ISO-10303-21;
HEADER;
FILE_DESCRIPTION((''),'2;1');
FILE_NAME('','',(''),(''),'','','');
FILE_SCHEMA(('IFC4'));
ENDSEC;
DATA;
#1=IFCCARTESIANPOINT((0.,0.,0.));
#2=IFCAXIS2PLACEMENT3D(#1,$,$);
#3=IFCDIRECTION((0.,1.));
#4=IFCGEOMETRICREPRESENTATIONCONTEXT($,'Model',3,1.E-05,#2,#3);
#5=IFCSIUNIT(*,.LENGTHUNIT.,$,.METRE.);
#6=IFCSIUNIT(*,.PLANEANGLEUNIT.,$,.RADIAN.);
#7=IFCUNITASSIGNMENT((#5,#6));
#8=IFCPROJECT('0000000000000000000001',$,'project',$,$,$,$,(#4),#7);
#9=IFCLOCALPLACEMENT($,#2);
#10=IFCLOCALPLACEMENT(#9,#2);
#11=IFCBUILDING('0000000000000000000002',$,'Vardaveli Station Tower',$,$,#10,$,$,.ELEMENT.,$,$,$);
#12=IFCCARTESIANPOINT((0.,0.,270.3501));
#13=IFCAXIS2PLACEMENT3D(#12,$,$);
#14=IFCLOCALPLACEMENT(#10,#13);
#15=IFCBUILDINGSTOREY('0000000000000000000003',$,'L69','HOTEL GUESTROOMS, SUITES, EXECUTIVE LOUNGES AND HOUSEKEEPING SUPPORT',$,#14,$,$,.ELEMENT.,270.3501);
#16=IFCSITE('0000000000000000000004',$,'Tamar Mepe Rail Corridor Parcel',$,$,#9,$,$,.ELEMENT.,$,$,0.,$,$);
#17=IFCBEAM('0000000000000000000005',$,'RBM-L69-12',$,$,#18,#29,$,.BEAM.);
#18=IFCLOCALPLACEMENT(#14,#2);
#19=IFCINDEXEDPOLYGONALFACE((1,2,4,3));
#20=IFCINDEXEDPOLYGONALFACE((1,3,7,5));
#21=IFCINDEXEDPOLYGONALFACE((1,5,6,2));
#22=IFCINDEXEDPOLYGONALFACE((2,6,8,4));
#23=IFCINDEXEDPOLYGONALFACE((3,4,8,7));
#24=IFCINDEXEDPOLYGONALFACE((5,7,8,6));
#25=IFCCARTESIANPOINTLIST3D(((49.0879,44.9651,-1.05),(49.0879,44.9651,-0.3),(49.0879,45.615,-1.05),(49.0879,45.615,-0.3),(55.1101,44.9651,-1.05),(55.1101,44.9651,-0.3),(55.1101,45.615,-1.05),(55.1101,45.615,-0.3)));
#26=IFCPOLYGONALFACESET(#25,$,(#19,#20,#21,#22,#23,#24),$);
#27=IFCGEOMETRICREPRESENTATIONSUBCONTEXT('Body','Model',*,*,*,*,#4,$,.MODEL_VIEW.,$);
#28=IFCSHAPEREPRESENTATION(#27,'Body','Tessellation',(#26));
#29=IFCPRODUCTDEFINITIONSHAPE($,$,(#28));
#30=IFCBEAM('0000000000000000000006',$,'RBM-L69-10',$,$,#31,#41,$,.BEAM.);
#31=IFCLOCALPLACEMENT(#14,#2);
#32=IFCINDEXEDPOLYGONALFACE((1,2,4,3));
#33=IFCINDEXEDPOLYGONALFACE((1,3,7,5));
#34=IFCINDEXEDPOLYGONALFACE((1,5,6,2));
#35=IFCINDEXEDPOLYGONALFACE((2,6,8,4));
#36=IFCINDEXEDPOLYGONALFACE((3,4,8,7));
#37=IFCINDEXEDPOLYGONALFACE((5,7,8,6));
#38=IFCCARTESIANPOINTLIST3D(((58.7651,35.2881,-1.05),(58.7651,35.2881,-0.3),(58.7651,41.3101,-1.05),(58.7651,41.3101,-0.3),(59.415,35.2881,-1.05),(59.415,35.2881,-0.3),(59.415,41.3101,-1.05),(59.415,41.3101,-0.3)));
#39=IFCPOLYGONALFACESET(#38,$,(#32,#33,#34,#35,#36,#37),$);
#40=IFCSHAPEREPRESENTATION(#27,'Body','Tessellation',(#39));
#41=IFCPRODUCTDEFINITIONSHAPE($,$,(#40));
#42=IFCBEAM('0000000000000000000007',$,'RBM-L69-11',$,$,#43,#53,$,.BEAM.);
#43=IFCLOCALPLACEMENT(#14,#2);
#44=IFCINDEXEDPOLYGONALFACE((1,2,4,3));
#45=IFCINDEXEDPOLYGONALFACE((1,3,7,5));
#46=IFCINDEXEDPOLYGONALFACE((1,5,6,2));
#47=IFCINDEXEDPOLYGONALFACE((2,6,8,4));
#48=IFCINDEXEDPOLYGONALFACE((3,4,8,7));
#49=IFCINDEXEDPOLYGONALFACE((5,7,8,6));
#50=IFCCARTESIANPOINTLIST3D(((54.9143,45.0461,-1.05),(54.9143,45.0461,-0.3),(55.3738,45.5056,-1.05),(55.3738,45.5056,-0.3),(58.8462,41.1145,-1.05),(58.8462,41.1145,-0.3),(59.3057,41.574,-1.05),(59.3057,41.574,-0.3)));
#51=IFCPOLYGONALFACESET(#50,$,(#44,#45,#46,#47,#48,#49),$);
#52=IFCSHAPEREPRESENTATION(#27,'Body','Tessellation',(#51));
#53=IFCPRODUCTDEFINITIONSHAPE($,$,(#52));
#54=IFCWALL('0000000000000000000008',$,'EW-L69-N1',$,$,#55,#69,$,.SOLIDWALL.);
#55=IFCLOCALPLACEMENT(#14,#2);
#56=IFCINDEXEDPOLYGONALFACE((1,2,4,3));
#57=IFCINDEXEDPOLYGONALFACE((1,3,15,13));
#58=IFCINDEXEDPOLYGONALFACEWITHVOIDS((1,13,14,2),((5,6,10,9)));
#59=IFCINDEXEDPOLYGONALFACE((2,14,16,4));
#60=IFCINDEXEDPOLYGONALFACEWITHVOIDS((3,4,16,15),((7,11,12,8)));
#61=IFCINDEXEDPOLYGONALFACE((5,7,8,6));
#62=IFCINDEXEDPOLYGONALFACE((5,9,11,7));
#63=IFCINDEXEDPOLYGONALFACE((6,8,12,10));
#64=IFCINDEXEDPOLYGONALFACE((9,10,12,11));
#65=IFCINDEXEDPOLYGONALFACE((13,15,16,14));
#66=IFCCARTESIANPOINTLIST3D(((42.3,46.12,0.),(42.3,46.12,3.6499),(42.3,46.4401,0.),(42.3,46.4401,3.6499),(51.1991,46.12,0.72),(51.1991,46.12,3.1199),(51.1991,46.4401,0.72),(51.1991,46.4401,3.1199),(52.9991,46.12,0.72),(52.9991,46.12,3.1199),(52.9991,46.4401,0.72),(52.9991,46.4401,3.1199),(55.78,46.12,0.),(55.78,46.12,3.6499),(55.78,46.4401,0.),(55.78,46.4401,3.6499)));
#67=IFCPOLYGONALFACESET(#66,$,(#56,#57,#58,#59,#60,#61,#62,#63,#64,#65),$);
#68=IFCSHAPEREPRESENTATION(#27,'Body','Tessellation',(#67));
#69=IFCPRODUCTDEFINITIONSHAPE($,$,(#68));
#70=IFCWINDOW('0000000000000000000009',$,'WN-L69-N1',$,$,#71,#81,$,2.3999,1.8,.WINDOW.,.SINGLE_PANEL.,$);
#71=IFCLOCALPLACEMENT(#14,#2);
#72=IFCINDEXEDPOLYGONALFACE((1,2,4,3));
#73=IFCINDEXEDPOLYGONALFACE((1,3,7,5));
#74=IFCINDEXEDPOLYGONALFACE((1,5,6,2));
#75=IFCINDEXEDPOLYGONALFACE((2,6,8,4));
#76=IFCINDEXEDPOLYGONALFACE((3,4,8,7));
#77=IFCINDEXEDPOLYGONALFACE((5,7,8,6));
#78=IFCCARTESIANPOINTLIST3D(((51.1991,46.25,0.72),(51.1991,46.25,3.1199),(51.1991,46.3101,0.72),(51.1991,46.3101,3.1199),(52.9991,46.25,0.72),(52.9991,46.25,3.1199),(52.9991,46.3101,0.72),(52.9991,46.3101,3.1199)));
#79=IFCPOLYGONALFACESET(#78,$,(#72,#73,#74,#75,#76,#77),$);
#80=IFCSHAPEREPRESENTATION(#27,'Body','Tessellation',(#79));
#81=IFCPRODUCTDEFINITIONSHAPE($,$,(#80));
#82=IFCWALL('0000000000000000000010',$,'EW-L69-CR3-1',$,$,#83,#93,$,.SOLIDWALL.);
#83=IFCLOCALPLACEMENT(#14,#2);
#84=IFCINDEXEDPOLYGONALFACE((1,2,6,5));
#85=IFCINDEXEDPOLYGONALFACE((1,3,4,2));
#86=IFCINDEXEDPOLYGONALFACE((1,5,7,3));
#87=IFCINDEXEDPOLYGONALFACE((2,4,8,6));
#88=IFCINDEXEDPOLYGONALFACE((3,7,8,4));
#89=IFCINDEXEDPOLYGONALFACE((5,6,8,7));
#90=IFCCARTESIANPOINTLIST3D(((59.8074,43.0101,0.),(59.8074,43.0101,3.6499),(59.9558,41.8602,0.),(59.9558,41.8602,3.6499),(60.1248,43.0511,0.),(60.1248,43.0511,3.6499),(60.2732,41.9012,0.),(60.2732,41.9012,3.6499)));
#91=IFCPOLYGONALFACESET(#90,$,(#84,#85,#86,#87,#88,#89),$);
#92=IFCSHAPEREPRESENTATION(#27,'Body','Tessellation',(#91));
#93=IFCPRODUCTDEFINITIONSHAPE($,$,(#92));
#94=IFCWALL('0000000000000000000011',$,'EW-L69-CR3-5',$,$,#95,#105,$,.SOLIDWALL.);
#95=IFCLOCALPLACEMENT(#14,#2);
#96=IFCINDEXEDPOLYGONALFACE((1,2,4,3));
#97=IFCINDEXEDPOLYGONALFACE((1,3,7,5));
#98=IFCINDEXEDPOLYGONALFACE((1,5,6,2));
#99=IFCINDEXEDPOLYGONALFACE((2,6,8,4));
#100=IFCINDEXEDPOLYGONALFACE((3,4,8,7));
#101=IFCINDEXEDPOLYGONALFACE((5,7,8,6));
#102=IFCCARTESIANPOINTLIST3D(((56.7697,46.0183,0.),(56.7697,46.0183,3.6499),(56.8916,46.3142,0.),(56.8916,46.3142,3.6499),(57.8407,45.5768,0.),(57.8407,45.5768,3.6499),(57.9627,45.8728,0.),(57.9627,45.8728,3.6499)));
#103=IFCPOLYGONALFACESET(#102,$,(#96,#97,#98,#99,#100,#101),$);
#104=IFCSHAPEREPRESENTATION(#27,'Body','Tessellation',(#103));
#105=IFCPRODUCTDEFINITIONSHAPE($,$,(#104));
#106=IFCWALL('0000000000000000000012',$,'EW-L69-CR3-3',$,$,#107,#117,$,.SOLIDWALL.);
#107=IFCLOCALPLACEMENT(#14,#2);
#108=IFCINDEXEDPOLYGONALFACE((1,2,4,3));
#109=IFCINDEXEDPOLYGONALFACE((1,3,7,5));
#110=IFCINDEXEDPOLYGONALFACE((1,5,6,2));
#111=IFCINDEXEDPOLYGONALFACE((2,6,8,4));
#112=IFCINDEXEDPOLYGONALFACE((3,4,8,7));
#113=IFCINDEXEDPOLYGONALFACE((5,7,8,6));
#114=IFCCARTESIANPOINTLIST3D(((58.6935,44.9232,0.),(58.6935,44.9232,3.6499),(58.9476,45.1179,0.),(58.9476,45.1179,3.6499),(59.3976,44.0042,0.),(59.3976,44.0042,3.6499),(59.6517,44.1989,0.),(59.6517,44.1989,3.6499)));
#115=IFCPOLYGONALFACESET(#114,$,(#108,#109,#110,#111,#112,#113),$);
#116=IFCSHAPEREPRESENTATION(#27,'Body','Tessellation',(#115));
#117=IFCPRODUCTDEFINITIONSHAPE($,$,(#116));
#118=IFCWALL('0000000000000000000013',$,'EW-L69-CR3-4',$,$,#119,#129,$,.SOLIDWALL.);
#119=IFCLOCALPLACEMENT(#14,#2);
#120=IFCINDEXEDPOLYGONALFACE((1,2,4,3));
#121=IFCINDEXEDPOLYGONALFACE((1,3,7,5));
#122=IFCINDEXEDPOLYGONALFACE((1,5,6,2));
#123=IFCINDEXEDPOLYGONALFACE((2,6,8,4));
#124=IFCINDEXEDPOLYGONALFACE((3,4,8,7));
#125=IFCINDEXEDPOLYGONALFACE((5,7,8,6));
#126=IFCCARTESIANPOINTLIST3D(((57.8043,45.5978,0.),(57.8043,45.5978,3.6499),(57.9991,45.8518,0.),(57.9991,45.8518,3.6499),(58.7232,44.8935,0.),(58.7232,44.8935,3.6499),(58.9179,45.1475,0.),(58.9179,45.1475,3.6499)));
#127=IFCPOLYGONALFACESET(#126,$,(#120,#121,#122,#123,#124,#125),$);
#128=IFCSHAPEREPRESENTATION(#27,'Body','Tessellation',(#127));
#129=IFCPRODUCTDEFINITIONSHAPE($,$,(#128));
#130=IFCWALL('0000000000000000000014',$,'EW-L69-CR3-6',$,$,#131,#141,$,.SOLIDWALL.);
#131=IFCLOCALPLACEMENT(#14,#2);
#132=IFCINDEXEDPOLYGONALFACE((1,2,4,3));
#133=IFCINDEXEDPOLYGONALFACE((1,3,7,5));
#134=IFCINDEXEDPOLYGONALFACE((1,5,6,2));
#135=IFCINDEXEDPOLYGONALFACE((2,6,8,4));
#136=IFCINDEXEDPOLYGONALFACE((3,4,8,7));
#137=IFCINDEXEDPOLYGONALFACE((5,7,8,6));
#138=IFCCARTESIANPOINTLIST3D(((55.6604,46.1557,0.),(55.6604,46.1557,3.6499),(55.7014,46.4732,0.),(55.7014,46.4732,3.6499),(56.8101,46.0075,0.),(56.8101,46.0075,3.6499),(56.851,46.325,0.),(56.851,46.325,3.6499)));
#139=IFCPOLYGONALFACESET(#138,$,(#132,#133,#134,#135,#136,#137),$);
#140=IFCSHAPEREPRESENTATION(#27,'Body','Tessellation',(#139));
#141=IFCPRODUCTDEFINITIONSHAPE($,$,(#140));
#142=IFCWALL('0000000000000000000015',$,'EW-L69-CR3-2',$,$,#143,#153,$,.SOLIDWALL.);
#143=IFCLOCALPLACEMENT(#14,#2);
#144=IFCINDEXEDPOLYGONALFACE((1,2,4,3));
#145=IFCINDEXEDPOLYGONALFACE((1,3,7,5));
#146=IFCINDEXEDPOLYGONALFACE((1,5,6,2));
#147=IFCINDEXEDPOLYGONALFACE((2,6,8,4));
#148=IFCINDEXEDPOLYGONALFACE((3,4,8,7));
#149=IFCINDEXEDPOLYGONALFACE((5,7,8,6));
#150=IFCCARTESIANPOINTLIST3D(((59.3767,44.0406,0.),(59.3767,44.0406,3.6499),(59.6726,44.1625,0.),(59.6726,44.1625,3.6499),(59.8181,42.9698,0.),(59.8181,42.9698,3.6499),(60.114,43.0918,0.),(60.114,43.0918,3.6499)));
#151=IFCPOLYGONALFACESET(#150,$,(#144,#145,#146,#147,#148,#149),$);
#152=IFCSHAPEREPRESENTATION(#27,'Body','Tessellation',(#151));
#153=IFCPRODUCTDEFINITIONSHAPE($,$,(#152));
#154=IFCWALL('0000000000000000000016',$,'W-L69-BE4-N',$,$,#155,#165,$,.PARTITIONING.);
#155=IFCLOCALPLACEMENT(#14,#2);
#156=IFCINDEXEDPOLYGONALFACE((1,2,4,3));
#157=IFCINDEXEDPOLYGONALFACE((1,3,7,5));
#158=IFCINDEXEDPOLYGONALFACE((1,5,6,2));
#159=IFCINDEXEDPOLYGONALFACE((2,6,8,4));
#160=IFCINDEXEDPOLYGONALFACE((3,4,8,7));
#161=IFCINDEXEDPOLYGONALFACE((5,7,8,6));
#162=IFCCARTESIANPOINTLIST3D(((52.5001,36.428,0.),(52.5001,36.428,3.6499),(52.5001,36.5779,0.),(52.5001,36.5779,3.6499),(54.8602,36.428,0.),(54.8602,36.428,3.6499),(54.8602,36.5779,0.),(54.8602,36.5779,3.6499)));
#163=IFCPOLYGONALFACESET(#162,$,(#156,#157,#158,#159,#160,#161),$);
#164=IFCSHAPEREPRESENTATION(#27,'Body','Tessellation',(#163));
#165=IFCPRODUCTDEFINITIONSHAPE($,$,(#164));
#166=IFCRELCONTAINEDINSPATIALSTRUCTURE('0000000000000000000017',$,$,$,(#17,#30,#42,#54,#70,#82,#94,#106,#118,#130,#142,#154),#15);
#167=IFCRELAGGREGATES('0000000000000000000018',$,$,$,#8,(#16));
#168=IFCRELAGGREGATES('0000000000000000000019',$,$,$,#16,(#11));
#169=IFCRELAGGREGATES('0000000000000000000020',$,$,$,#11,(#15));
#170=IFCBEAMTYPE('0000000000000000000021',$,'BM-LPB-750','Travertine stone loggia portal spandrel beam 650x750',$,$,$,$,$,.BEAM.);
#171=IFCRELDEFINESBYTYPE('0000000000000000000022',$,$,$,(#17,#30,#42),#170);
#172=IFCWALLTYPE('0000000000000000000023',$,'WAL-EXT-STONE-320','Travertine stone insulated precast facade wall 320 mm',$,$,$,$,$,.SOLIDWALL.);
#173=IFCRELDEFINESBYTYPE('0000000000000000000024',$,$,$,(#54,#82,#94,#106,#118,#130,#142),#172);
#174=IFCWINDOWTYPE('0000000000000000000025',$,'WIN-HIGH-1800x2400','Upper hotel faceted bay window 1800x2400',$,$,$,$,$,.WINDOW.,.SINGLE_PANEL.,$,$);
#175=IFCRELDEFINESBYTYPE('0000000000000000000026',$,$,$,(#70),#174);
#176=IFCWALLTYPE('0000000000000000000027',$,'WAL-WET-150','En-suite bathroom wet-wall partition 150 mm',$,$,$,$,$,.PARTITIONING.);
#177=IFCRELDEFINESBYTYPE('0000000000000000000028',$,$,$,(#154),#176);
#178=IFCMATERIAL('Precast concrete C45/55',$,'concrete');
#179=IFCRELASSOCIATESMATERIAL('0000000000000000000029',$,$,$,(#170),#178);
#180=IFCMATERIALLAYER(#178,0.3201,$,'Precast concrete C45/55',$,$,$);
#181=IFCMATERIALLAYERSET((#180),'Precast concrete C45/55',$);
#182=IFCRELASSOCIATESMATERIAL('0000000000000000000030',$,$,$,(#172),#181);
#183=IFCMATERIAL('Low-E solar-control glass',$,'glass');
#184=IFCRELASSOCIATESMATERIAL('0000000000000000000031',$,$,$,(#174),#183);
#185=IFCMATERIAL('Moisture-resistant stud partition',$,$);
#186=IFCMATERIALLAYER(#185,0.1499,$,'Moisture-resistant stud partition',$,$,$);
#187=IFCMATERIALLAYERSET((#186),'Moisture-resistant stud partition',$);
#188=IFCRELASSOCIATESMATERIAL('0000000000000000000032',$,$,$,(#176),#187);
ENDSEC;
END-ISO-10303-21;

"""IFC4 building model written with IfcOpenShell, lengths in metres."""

from ifc_helpers import new_model, si_unit, direction, frame, frame_2d, origin, origin_2d, place, context, subcontext, project, spatial, rectangle, extrude, source, transform, mapped, material, layer, layer_set, material_profile, profile_set, type_object, element, fill, save


model = new_model("IFC4")

# Units and contexts
model_context = context("Model", 3, precision=1e-05, world=origin(), true_north=direction((0.0, 1.0)))
body_context = subcontext(model_context, "Body", "Model", "MODEL_VIEW")
ifc_project = project(units=[si_unit("LENGTHUNIT", "METRE"), si_unit("PLANEANGLEUNIT", "RADIAN")], contexts=[model_context])

# Site, building, storey
site_placement = place(None, origin())
site = spatial("IfcSite", under=ifc_project, at=site_placement, Name="Tamar Mepe Rail Corridor Parcel", CompositionType="ELEMENT", RefElevation=0.0)
building_placement = place(site_placement, origin())
building = spatial("IfcBuilding", under=site, at=building_placement, Name="Vardaveli Station Tower", CompositionType="ELEMENT")
storey_placement = place(building_placement, frame((0.0, 0.0, 270.3501)))
storey = spatial("IfcBuildingStorey", under=building, at=storey_placement, Name="L69", Description="HOTEL GUESTROOMS, SUITES, EXECUTIVE LOUNGES AND HOUSEKEEPING SUPPORT", CompositionType="ELEMENT", Elevation=270.3501)

# Beams
ifc_material_1 = material(Name="Precast concrete C45/55", Category="concrete")
ifc_material_profile_1 = material_profile(ifc_material_1, rectangle(XDim=0.6499, YDim=0.75, at=origin_2d()), Name="LPB 650x750")
ifc_profile_set_1 = profile_set([ifc_material_profile_1], Name="Precast concrete C45/55")
beam_type = type_object("IfcBeamType", Name="BM-LPB-750", Description="Travertine stone loggia portal spandrel beam 650x750", PredefinedType="BEAM", material=ifc_profile_set_1)
shared_shape_1 = source(origin(), body_context, "Body", "SweptSolid", [
    extrude(rectangle(XDim=0.6499, YDim=0.75, at=origin_2d()), origin(), (0.0, 0.0, 1.0), 6.0222),
])
beam_1_placement = place(storey_placement, frame((55.1101, 45.29, -0.675), z_axis=(-1.0, 0.0, 0.0), x_axis=(0.0, -1.0, 0.0)))
element("IfcBeam", 1, at=beam_1_placement, inside=storey, type_object=beam_type, Name="RBM-L69-12", PredefinedType="BEAM", context=body_context, shape_type="MappedRepresentation", body=[
    mapped(shared_shape_1, transform((0.0, 0.0, 0.0), scale=1.0)),
])
shared_shape_2 = source(origin(), body_context, "Body", "SweptSolid", [
    extrude(rectangle(XDim=0.6499, YDim=0.75, at=origin_2d()), origin(), (0.0, 0.0, 1.0), 6.022),
])
beam_2_placement = place(storey_placement, frame((59.0901, 35.2881, -0.675), z_axis=(0.0, 1.0, 0.0), x_axis=(-1.0, 0.0, 0.0)))
element("IfcBeam", 2, at=beam_2_placement, inside=storey, type_object=beam_type, Name="RBM-L69-10", PredefinedType="BEAM", context=body_context, shape_type="MappedRepresentation", body=[
    mapped(shared_shape_2, transform((0.0, 0.0, 0.0), scale=1.0)),
])
shared_shape_3 = source(origin(), body_context, "Body", "SweptSolid", [
    extrude(rectangle(XDim=0.6499, YDim=0.75, at=origin_2d()), origin(), (0.0, 0.0, 1.0), 5.5603),
])
beam_3_placement = place(storey_placement, frame((59.0759, 41.3442, -0.675), z_axis=(-0.707129, 0.707085, 0.0), x_axis=(-0.707085, -0.707129, 0.0)))
element("IfcBeam", 3, at=beam_3_placement, inside=storey, type_object=beam_type, Name="RBM-L69-11", PredefinedType="BEAM", context=body_context, shape_type="MappedRepresentation", body=[
    mapped(shared_shape_3, transform((0.0, 0.0, 0.0), scale=1.0)),
])

# Wall, opening, window
ifc_layer_1 = layer(ifc_material_1, 0.3201, Name="Precast concrete C45/55")
ifc_layer_set_1 = layer_set([ifc_layer_1], Name="Precast concrete C45/55")
wall_type_1 = type_object("IfcWallType", Name="WAL-EXT-STONE-320", Description="Travertine stone insulated precast facade wall 320 mm", PredefinedType="SOLIDWALL", material=ifc_layer_set_1)
shared_shape_4 = source(origin(), body_context, "Body", "SweptSolid", [
    extrude(rectangle(XDim=13.48, YDim=0.3201, at=frame_2d((6.74, 0.0))), origin(), (0.0, 0.0, 1.0), 3.6499),
])
wall_1_placement = place(storey_placement, frame((55.78, 46.28, 0.0), z_axis=(0.0, 0.0, 1.0), x_axis=(-1.0, 0.0, 0.0)))
wall_1 = element("IfcWall", 4, at=wall_1_placement, inside=storey, type_object=wall_type_1, Name="EW-L69-N1", PredefinedType="SOLIDWALL", context=body_context, shape_type="MappedRepresentation", body=[
    mapped(shared_shape_4, transform((0.0, 0.0, 0.0), scale=1.0)),
])
shared_shape_5 = source(origin(), body_context, "Body", "SweptSolid", [
    extrude(rectangle(XDim=1.8, YDim=2.3999, at=frame_2d((0.8999, 1.2))), frame((0.0, 0.1699, 0.0), z_axis=(0.0, -1.0, 0.0), x_axis=(1.0, 0.0, 0.0)), (0.0, 0.0, 1.0), 0.3401),
])
opening_placement = place(wall_1_placement, frame((2.781, 0.0, 0.72)))
opening = element("IfcOpeningElement", 5, at=opening_placement, cuts=wall_1, PredefinedType="OPENING", context=body_context, shape_type="MappedRepresentation", body=[
    mapped(shared_shape_5, transform((0.0, 0.0, 0.0), scale=1.0)),
])
ifc_material_2 = material(Name="Low-E solar-control glass", Category="glass")
window_type = type_object("IfcWindowType", Name="WIN-HIGH-1800x2400", Description="Upper hotel faceted bay window 1800x2400", PartitioningType="SINGLE_PANEL", PredefinedType="WINDOW", material=ifc_material_2)
shared_shape_6 = source(origin(), body_context, "Body", "SweptSolid", [
    extrude(rectangle(XDim=1.8, YDim=2.3999, at=frame_2d((0.8999, 1.2))), frame((0.0, 0.03, 0.0), z_axis=(0.0, -1.0, 0.0), x_axis=(1.0, 0.0, 0.0)), (0.0, 0.0, 1.0), 0.0601),
])
window_placement = place(opening_placement, origin())
window = element("IfcWindow", 6, at=window_placement, inside=storey, type_object=window_type, Name="WN-L69-N1", OverallHeight=2.3999, OverallWidth=1.8, PartitioningType="SINGLE_PANEL", PredefinedType="WINDOW", context=body_context, shape_type="MappedRepresentation", body=[
    mapped(shared_shape_6, transform((0.0, 0.0, 0.0), scale=1.0)),
])
fill(opening, window)

# Walls
shared_shape_7 = source(origin(), body_context, "Body", "SweptSolid", [
    extrude(rectangle(XDim=1.1594, YDim=0.3201, at=frame_2d((0.5796, 0.0))), origin(), (0.0, 0.0, 1.0), 3.6499),
])
wall_2_placement = place(storey_placement, frame((60.1145, 41.8809, 0.0), z_axis=(0.0, 0.0, 1.0), x_axis=(-0.128025, 0.991771, 0.0)))
element("IfcWall", 7, at=wall_2_placement, inside=storey, type_object=wall_type_1, Name="EW-L69-CR3-1", PredefinedType="SOLIDWALL", context=body_context, shape_type="MappedRepresentation", body=[
    mapped(shared_shape_7, transform((0.0, 0.0, 0.0), scale=1.0)),
])
shared_shape_8 = source(origin(), body_context, "Body", "SweptSolid", [
    extrude(rectangle(XDim=1.1584, YDim=0.3201, at=frame_2d((0.5791, 0.0))), origin(), (0.0, 0.0, 1.0), 3.6499),
])
wall_3_placement = place(storey_placement, frame((57.9016, 45.7249, 0.0), z_axis=(0.0, 0.0, 1.0), x_axis=(-0.92456, 0.381036, 0.0)))
element("IfcWall", 8, at=wall_3_placement, inside=storey, type_object=wall_type_1, Name="EW-L69-CR3-5", PredefinedType="SOLIDWALL", context=body_context, shape_type="MappedRepresentation", body=[
    mapped(shared_shape_8, transform((0.0, 0.0, 0.0), scale=1.0)),
])
shared_shape_9 = source(origin(), body_context, "Body", "SweptSolid", [
    extrude(rectangle(XDim=1.1577, YDim=0.3201, at=frame_2d((0.5789, 0.0))), origin(), (0.0, 0.0, 1.0), 3.6499),
])
for number, where, z_axis, x_axis, name in (
    (9, (59.5247, 44.1016, 0.0), (0.0, 0.0, 1.0), (-0.608201, 0.793783, 0.0), "EW-L69-CR3-3"),
    (10, (58.8206, 45.0205, 0.0), (0.0, 0.0, 1.0), (-0.793681, 0.608334, 0.0), "EW-L69-CR3-4"),
):
    element("IfcWall", number, at=place(storey_placement, frame(where, z_axis=z_axis, x_axis=x_axis)), inside=storey, type_object=wall_type_1, Name=name, PredefinedType="SOLIDWALL", context=body_context, shape_type="MappedRepresentation", body=[
        mapped(shared_shape_9, transform((0.0, 0.0, 0.0), scale=1.0)),
    ])
shared_shape_10 = source(origin(), body_context, "Body", "SweptSolid", [
    extrude(rectangle(XDim=1.1592, YDim=0.3201, at=frame_2d((0.5796, 0.0))), origin(), (0.0, 0.0, 1.0), 3.6499),
])
wall_4_placement = place(storey_placement, frame((56.8306, 46.1663, 0.0), z_axis=(0.0, 0.0, 1.0), x_axis=(-0.991794, 0.127844, 0.0)))
element("IfcWall", 11, at=wall_4_placement, inside=storey, type_object=wall_type_1, Name="EW-L69-CR3-6", PredefinedType="SOLIDWALL", context=body_context, shape_type="MappedRepresentation", body=[
    mapped(shared_shape_10, transform((0.0, 0.0, 0.0), scale=1.0)),
])
shared_shape_11 = source(origin(), body_context, "Body", "SweptSolid", [
    extrude(rectangle(XDim=1.1582, YDim=0.3201, at=frame_2d((0.5791, 0.0))), origin(), (0.0, 0.0, 1.0), 3.6499),
])
wall_5_placement = place(storey_placement, frame((59.9661, 43.0308, 0.0), z_axis=(0.0, 0.0, 1.0), x_axis=(-0.38111, 0.92453, 0.0)))
element("IfcWall", 12, at=wall_5_placement, inside=storey, type_object=wall_type_1, Name="EW-L69-CR3-2", PredefinedType="SOLIDWALL", context=body_context, shape_type="MappedRepresentation", body=[
    mapped(shared_shape_11, transform((0.0, 0.0, 0.0), scale=1.0)),
])
ifc_material_3 = material(Name="Moisture-resistant stud partition")
ifc_layer_2 = layer(ifc_material_3, 0.1499, Name="Moisture-resistant stud partition")
ifc_layer_set_2 = layer_set([ifc_layer_2], Name="Moisture-resistant stud partition")
wall_type_2 = type_object("IfcWallType", Name="WAL-WET-150", Description="En-suite bathroom wet-wall partition 150 mm", PredefinedType="PARTITIONING", material=ifc_layer_set_2)
shared_shape_12 = source(origin(), body_context, "Body", "SweptSolid", [
    extrude(rectangle(XDim=2.3601, YDim=0.1499, at=frame_2d((1.1802, 0.0))), origin(), (0.0, 0.0, 1.0), 3.6499),
])
wall_6_placement = place(storey_placement, frame((52.5, 36.5029, 0.0), z_axis=(0.0, 0.0, 1.0), x_axis=(1.0, 0.0, 0.0)))
element("IfcWall", 13, at=wall_6_placement, inside=storey, type_object=wall_type_2, Name="W-L69-BE4-N", PredefinedType="PARTITIONING", context=body_context, shape_type="MappedRepresentation", body=[
    mapped(shared_shape_12, transform((0.0, 0.0, 0.0), scale=1.0)),
])

save(model, "model.ifc")
